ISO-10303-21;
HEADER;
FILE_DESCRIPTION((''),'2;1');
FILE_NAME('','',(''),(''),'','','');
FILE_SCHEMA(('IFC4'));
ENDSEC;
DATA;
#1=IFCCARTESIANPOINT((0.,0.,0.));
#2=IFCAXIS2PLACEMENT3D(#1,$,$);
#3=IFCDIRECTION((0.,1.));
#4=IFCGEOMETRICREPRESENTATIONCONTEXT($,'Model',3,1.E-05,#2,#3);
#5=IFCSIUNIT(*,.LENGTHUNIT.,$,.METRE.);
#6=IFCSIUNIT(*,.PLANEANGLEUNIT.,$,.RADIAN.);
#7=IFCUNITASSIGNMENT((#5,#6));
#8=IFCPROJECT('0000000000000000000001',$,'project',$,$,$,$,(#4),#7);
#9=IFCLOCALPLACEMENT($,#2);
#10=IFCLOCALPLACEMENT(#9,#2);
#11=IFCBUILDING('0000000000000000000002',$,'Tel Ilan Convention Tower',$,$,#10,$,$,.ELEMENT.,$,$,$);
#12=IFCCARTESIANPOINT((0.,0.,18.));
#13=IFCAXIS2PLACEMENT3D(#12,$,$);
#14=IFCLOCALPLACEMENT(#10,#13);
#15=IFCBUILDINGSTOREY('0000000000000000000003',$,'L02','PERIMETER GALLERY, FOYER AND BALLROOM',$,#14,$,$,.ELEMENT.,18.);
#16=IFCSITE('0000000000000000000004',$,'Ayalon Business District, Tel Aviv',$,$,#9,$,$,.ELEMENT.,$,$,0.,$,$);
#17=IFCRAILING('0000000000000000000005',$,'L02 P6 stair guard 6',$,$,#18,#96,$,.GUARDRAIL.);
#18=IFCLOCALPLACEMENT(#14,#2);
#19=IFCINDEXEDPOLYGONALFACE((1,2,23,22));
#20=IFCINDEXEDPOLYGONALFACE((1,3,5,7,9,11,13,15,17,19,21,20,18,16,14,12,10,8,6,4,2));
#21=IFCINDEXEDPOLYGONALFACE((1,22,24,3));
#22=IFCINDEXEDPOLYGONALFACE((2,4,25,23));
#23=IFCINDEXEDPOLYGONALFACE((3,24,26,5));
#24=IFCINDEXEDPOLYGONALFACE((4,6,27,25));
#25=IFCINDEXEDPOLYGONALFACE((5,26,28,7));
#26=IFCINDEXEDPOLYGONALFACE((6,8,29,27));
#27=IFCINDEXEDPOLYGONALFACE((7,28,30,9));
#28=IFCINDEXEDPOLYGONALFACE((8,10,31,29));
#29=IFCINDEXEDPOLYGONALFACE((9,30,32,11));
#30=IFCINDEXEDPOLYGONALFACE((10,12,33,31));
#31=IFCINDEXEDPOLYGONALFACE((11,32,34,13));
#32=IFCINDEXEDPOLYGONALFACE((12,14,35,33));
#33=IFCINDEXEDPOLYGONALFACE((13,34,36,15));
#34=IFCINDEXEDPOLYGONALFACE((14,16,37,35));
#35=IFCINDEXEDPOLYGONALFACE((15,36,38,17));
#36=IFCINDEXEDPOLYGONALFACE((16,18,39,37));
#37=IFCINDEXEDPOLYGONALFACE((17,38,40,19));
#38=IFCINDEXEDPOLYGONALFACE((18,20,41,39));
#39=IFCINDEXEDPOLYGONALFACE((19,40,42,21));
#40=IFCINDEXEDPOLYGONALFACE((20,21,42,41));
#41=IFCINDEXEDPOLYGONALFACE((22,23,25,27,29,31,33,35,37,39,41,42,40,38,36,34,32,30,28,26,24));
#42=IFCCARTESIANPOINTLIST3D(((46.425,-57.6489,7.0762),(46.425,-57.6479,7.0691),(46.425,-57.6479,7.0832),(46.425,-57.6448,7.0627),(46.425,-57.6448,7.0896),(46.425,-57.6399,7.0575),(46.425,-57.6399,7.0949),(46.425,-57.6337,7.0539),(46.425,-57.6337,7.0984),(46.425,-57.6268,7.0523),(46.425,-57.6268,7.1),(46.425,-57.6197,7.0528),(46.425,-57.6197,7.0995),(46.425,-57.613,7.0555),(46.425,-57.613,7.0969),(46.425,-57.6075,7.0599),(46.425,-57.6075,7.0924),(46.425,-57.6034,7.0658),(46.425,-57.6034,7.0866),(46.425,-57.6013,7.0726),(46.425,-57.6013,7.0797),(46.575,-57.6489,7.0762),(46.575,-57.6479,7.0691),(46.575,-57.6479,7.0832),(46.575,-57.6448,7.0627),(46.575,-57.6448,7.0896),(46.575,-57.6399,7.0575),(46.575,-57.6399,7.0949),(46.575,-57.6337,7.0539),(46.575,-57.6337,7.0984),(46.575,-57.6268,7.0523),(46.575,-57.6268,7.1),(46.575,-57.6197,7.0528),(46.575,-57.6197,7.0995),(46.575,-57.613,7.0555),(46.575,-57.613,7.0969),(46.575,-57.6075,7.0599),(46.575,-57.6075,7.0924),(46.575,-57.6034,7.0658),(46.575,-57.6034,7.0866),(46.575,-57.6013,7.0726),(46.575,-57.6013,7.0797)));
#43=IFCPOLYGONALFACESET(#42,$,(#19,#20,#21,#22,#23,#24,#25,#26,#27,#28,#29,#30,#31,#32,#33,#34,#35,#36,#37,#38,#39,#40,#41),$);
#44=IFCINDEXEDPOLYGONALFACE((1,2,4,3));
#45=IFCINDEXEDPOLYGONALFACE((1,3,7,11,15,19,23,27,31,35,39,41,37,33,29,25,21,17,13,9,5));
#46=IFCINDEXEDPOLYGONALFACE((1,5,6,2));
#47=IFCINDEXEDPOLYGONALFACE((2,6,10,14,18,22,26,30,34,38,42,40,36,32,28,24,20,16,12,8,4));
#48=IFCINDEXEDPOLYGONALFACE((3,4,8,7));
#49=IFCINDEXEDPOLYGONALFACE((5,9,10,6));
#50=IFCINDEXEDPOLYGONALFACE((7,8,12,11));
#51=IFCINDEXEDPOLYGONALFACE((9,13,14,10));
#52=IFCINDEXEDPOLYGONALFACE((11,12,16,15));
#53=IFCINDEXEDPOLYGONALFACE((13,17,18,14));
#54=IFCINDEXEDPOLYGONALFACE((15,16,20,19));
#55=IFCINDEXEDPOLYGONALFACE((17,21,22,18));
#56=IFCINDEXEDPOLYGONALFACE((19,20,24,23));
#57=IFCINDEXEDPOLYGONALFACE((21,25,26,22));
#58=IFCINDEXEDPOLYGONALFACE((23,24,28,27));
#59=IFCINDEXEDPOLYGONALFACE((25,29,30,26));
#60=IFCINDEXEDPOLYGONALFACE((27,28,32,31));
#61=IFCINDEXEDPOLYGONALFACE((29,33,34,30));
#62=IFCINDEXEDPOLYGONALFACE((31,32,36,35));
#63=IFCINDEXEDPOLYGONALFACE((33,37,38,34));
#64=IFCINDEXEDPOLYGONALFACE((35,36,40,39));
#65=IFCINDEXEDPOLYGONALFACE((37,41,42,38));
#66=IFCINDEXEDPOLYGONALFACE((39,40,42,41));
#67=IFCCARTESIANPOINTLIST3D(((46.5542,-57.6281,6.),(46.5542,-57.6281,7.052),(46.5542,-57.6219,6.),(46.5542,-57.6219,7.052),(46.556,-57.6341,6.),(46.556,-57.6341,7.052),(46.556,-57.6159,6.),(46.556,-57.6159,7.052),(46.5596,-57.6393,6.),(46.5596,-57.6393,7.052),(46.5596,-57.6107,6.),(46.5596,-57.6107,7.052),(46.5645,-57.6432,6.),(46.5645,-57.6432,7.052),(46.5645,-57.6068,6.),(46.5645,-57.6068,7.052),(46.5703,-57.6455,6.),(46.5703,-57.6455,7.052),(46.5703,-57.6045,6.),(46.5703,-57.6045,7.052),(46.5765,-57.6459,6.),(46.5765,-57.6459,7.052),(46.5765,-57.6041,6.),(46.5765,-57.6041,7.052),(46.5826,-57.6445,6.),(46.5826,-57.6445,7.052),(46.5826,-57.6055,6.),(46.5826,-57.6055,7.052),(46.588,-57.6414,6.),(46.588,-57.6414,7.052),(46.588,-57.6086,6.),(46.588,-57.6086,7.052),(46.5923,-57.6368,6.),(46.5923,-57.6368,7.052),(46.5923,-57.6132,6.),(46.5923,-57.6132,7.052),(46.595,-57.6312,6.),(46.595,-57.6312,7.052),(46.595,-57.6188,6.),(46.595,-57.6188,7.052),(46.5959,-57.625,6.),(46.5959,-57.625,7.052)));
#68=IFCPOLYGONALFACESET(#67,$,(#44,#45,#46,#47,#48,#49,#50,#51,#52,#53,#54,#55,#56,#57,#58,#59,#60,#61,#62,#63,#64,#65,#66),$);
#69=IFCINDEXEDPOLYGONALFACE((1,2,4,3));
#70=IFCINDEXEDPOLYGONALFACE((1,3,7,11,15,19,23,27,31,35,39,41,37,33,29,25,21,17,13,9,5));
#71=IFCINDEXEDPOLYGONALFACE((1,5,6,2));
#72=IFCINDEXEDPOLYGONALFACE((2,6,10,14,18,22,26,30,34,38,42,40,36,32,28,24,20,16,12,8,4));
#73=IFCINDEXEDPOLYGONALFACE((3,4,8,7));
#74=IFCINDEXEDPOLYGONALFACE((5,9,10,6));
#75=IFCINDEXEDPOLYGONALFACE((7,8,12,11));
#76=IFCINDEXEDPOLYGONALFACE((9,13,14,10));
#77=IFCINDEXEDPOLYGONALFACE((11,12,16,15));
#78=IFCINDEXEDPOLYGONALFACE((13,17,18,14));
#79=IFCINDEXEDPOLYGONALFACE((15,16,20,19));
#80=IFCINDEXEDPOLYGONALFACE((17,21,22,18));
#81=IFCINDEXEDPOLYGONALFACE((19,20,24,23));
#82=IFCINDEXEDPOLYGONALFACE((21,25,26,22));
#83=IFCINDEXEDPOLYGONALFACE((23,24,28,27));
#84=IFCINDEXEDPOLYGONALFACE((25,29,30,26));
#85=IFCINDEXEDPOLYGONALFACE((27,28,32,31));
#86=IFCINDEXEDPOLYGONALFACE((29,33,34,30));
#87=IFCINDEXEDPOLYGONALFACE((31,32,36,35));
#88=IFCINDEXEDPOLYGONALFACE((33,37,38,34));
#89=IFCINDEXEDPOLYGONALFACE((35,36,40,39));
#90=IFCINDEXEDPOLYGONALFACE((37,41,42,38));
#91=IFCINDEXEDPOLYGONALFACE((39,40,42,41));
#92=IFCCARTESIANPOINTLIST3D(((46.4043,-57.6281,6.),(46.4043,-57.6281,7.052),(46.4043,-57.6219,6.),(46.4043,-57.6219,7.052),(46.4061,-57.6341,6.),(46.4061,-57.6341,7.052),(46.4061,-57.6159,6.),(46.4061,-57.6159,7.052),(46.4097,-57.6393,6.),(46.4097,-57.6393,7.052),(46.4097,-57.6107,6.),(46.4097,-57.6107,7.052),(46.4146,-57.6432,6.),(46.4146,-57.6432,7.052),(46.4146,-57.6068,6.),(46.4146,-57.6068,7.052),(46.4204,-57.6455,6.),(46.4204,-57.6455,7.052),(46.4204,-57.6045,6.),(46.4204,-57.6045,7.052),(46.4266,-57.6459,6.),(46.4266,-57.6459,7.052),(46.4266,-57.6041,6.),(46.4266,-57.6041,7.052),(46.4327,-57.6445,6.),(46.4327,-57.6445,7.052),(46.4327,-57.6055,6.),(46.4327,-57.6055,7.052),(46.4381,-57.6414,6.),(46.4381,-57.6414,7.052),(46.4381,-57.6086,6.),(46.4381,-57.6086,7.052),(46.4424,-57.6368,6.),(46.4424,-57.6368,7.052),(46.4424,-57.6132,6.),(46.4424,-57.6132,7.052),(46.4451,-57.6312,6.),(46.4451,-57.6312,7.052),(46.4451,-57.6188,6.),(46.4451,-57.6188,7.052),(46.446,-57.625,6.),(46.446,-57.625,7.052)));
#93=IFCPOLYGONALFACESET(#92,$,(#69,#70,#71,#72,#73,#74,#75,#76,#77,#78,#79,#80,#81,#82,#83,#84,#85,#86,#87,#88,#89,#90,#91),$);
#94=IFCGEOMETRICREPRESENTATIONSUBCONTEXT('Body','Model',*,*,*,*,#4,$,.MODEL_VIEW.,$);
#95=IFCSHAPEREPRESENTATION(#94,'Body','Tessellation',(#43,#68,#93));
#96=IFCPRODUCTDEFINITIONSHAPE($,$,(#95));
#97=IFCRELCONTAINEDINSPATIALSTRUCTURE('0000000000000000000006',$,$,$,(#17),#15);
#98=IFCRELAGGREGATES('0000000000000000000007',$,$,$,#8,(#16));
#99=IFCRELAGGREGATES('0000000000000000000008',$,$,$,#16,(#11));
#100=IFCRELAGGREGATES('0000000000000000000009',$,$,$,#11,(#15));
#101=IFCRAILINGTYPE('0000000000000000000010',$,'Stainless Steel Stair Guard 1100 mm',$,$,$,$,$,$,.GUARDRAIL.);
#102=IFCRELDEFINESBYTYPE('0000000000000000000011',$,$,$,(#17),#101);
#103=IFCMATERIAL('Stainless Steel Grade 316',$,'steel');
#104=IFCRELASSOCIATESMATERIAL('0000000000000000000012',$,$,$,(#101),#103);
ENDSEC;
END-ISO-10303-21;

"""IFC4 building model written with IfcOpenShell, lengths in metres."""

from ifc_helpers import new_model, si_unit, direction, frame, origin, origin_2d, place, context, subcontext, project, spatial, circle, extrude, material, type_object, element, save


model = new_model("IFC4")

# Units and contexts
model_context = context("Model", 3, precision=1e-05, world=origin(), true_north=direction((0.0, 1.0)))
body_context = subcontext(model_context, "Body", "Model", "MODEL_VIEW")
ifc_project = project(units=[si_unit("LENGTHUNIT", "METRE"), si_unit("PLANEANGLEUNIT", "RADIAN")], contexts=[model_context])

# Site, building, storey
site_placement = place(None, origin())
site = spatial("IfcSite", under=ifc_project, at=site_placement, Name="Ayalon Business District, Tel Aviv", CompositionType="ELEMENT", RefElevation=0.0)
building_placement = place(site_placement, origin())
building = spatial("IfcBuilding", under=site, at=building_placement, Name="Tel Ilan Convention Tower", CompositionType="ELEMENT")
storey_placement = place(building_placement, frame((0.0, 0.0, 18.0)))
storey = spatial("IfcBuildingStorey", under=building, at=storey_placement, Name="L02", Description="PERIMETER GALLERY, FOYER AND BALLROOM", CompositionType="ELEMENT", Elevation=18.0)

# Railing
ifc_material_1 = material(Name="Stainless Steel Grade 316", Category="steel")
railing_type_1 = type_object("IfcRailingType", Name="Stainless Steel Stair Guard 1100 mm", PredefinedType="GUARDRAIL", material=ifc_material_1)
railing_1_placement = place(storey_placement, frame((46.575, -57.625, 6.0)))
element("IfcRailing", 1, at=railing_1_placement, inside=storey, type_object=railing_type_1, Name="L02 P6 stair guard 6", PredefinedType="GUARDRAIL", context=body_context, shape_type="SweptSolid", body=[
    extrude(circle(Radius=0.0239, at=origin_2d()), frame((0.0, 0.0, 1.0762), z_axis=(-1.0, 0.0, 0.0), x_axis=(0.0, -1.0, 0.0)), (0.0, 0.0, 1.0), 0.1499),
    extrude(circle(Radius=0.021, at=origin_2d()), origin(), (0.0, 0.0, 1.0), 1.052),
    extrude(circle(Radius=0.021, at=origin_2d()), frame((-0.1499, 0.0, 0.0)), (0.0, 0.0, 1.0), 1.052),
])

save(model, "model.ifc")
